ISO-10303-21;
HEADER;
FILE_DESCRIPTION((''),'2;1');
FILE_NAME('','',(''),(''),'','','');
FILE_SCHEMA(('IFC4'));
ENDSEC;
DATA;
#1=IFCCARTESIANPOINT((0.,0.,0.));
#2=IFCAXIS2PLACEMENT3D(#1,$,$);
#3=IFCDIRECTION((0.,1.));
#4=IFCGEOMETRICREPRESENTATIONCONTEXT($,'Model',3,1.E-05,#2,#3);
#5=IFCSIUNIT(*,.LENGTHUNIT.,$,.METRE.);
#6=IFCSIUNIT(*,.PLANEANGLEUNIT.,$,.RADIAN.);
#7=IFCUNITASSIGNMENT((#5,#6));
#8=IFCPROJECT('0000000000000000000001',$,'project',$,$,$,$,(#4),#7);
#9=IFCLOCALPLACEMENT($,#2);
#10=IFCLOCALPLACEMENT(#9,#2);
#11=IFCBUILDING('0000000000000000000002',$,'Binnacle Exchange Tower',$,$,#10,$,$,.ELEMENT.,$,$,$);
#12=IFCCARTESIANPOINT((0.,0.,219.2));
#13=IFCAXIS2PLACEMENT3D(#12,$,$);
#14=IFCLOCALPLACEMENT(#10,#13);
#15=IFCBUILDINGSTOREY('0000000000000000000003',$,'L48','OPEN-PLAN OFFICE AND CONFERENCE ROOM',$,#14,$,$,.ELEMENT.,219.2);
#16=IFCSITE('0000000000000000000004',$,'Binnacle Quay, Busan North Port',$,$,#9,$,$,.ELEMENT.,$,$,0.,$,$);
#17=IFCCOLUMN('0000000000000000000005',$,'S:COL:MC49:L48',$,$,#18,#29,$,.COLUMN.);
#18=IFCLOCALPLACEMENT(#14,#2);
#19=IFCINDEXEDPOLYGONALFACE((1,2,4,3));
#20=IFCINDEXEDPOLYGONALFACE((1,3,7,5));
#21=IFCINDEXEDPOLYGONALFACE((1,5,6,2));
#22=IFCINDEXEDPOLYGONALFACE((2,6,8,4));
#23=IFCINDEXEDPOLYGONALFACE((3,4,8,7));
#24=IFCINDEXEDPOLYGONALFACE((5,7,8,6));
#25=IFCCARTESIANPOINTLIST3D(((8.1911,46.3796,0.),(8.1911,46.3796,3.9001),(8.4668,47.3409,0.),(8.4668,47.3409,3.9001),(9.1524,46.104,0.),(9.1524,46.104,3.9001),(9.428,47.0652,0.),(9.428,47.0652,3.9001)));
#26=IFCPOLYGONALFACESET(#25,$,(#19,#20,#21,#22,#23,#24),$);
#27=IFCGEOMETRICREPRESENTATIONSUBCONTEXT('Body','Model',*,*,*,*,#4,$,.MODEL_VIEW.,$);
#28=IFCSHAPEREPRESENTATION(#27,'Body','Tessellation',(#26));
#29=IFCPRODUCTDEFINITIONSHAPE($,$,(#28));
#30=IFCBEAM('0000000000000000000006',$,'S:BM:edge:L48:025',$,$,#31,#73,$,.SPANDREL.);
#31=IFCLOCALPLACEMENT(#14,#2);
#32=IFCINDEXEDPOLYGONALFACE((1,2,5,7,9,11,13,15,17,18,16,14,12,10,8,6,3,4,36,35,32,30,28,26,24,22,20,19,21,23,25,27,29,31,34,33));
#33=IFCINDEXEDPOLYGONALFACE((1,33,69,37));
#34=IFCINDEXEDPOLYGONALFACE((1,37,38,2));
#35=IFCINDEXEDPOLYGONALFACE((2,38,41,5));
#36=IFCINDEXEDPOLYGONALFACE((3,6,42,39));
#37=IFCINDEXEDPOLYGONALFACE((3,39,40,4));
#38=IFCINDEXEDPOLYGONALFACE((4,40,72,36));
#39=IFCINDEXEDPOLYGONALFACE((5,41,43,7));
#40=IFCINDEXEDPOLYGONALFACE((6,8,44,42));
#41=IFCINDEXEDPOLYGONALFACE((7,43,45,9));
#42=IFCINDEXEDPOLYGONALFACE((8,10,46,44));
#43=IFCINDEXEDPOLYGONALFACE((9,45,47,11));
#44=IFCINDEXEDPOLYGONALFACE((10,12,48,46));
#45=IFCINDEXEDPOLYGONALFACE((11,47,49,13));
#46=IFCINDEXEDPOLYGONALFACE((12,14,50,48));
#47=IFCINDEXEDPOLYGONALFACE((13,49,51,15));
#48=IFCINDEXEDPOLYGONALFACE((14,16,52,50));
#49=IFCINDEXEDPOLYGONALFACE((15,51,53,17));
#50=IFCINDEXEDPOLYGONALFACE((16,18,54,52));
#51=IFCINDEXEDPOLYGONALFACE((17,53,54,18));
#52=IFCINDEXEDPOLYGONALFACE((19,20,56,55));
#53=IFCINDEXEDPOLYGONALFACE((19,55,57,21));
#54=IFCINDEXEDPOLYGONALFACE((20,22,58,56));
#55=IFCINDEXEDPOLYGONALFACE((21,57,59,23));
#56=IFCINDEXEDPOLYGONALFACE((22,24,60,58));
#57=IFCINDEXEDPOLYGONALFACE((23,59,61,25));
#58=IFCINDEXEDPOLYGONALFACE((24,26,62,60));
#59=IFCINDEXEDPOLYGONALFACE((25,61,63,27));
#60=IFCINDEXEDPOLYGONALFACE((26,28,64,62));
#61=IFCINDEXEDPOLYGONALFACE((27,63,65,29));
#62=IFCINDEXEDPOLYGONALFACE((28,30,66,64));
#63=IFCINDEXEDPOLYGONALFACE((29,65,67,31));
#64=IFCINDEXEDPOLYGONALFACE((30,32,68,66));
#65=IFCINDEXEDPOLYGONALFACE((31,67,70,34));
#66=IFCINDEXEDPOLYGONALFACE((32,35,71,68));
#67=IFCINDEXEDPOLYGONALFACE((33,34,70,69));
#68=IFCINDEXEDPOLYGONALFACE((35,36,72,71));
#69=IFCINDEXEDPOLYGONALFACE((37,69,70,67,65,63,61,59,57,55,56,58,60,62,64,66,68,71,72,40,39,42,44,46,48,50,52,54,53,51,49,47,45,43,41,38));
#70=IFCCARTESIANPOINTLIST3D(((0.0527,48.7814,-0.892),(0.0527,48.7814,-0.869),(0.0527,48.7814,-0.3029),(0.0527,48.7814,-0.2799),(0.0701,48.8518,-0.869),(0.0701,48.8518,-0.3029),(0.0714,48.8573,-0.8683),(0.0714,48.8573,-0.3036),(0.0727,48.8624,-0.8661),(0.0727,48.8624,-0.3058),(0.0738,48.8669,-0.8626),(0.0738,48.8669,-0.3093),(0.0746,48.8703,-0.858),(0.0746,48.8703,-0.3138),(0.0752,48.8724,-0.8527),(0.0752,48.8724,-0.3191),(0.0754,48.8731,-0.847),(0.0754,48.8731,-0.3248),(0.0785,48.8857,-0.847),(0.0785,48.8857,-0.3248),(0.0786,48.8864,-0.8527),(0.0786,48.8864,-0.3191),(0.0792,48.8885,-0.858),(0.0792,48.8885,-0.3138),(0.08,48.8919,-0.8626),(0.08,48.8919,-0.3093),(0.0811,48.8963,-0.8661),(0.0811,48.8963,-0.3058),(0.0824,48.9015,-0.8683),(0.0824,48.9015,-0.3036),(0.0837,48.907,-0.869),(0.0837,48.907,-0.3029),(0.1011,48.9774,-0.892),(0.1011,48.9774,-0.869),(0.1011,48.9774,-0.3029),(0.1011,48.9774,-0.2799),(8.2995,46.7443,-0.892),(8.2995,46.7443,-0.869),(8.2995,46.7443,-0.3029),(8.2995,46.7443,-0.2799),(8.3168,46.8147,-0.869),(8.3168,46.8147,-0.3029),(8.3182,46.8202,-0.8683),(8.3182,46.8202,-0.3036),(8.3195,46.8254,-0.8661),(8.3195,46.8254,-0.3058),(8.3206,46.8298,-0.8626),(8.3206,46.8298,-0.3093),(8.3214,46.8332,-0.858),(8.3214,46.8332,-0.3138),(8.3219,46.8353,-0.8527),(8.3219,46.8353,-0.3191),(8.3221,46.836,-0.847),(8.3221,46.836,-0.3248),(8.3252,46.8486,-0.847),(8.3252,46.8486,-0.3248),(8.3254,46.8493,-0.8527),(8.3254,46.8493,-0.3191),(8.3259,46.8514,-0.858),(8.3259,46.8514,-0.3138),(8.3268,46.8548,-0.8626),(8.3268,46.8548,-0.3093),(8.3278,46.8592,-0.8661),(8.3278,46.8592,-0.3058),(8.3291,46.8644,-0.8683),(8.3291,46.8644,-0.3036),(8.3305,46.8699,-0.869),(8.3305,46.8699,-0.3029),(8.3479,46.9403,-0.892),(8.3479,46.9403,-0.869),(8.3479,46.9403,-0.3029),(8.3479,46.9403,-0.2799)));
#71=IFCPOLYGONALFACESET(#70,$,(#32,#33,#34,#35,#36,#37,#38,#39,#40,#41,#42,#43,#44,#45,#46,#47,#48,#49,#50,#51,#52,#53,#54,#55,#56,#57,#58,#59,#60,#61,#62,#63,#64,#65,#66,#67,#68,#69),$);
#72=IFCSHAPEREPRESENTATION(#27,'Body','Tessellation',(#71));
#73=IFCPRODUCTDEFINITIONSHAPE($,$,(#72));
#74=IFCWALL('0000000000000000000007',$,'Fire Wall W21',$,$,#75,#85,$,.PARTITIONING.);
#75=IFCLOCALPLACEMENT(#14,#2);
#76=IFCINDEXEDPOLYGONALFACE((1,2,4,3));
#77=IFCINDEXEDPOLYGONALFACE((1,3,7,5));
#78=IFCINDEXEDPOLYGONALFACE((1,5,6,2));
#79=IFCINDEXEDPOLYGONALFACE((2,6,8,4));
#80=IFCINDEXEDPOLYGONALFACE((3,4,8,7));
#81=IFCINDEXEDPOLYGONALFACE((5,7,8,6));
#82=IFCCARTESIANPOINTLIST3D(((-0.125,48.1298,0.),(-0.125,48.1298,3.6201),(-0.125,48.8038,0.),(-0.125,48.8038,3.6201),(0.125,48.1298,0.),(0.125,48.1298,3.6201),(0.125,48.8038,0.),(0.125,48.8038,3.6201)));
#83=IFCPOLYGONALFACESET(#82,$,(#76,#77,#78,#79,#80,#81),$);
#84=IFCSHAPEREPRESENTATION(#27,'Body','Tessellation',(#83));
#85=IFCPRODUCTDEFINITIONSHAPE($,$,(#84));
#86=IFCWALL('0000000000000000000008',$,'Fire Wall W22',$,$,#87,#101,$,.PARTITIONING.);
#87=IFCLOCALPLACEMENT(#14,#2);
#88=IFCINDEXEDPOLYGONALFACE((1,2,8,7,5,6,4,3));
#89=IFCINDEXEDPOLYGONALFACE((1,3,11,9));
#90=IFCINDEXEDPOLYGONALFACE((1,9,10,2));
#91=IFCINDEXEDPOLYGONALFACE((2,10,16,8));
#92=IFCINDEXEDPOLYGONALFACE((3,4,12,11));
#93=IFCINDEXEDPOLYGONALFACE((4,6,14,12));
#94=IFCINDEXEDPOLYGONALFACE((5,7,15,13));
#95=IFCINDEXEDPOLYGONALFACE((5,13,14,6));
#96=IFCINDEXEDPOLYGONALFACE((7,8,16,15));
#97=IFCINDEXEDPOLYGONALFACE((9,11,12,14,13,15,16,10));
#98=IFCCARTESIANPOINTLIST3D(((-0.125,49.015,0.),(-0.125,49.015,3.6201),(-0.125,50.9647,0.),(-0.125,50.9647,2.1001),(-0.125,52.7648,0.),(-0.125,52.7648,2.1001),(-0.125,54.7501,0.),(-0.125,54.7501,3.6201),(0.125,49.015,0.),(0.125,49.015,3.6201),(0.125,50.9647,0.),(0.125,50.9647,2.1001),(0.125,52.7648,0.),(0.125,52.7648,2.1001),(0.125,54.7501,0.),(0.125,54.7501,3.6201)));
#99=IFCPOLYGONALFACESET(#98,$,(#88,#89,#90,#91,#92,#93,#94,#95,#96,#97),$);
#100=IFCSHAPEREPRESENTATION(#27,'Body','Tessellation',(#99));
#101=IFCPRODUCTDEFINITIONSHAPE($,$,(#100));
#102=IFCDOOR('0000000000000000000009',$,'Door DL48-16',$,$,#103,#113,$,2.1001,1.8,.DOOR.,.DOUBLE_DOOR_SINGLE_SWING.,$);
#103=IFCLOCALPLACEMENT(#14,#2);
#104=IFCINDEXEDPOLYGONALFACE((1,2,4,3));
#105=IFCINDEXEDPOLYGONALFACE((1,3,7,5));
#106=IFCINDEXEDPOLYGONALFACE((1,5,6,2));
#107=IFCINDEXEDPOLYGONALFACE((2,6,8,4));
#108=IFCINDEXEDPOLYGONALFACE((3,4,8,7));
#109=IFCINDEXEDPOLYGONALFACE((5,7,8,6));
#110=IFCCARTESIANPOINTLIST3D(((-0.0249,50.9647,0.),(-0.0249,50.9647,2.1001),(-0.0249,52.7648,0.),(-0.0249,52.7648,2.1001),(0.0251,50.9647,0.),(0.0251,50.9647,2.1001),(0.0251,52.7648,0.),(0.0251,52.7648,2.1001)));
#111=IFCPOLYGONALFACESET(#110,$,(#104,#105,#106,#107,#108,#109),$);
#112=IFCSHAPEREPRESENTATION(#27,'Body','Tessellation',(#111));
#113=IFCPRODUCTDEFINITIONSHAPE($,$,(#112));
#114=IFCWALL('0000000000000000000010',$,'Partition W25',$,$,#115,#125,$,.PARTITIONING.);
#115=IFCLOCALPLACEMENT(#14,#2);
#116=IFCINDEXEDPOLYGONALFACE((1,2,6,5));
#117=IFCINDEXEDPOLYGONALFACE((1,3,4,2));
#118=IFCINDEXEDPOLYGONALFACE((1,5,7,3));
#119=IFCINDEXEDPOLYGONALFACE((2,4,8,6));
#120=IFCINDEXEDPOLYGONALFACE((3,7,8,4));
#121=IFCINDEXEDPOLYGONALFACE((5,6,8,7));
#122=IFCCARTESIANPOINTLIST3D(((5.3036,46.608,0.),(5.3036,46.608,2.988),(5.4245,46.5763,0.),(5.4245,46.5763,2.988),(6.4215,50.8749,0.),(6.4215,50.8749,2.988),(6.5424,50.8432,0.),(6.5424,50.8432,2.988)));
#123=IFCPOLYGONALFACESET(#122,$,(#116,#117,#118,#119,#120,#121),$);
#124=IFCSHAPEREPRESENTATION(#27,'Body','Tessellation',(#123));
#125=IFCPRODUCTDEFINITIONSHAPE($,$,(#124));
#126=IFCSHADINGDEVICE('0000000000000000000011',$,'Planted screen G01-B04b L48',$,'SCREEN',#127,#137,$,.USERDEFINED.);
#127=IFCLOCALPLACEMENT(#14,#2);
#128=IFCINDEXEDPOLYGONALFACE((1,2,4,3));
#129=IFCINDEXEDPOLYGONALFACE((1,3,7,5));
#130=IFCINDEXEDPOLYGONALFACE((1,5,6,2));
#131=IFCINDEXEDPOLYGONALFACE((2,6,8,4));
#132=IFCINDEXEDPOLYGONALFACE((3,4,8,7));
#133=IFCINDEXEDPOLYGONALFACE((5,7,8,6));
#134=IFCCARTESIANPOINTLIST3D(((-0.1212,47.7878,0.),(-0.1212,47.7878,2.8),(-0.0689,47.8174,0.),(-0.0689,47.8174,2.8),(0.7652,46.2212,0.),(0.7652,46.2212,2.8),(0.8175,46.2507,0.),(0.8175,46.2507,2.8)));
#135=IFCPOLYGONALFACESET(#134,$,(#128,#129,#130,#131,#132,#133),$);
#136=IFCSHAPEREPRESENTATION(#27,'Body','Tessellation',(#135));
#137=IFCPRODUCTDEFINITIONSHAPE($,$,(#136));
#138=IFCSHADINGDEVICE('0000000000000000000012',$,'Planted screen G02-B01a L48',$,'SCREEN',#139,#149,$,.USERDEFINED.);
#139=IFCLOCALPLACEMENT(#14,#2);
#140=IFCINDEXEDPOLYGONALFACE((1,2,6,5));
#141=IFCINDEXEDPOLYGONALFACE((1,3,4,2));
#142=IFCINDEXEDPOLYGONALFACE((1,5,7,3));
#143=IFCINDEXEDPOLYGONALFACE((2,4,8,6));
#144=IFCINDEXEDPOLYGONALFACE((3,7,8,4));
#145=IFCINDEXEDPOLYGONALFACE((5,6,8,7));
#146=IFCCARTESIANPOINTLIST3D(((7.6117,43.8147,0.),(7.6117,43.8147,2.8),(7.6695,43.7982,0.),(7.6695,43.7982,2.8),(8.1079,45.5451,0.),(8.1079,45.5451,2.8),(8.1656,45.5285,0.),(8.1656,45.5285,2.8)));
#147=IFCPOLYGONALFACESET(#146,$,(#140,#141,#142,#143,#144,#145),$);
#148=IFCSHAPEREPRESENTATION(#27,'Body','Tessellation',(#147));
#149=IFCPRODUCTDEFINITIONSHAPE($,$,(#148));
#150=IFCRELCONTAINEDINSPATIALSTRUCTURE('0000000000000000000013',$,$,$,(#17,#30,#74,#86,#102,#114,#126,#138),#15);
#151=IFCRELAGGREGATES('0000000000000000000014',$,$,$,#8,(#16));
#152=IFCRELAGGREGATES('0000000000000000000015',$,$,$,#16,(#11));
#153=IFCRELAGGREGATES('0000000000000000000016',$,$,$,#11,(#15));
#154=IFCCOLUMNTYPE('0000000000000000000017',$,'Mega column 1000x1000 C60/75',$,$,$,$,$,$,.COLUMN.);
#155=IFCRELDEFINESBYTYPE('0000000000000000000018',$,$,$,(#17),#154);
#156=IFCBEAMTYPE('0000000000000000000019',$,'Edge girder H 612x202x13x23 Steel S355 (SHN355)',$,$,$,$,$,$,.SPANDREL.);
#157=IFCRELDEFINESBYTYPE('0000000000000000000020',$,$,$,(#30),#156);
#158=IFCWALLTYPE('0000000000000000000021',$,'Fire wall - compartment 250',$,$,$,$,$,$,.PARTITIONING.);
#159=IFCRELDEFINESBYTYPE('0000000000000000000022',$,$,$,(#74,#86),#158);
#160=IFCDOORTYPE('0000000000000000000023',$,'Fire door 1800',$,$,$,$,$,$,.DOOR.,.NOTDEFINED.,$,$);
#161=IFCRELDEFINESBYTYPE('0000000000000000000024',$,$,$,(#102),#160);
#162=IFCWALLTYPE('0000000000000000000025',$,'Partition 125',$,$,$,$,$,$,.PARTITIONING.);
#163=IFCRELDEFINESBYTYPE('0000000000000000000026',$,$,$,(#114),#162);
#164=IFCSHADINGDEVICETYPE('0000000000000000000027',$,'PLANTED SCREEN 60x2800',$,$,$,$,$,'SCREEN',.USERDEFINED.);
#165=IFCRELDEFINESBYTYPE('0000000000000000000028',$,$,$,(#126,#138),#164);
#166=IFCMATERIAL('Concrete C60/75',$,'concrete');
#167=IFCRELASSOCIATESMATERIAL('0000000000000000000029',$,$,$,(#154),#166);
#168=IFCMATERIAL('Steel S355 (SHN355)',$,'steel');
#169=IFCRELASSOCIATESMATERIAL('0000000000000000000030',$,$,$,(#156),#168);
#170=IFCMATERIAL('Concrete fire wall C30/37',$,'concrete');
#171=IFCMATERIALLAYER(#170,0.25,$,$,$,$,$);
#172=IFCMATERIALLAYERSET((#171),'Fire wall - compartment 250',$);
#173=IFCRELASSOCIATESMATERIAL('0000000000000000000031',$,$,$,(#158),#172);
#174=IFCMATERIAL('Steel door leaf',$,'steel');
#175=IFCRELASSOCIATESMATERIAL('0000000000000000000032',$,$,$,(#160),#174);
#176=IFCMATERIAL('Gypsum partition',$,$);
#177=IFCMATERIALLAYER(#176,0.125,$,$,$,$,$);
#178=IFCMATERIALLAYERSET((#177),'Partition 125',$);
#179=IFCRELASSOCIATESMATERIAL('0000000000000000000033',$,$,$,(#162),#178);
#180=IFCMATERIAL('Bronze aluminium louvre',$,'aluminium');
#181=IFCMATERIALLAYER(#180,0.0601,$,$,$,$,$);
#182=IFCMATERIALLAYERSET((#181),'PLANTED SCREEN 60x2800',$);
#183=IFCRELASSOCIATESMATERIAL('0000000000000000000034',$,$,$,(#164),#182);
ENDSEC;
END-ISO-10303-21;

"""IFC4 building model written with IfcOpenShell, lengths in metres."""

from ifc_helpers import new_model, si_unit, direction, frame, frame_2d, origin, origin_2d, place, context, subcontext, project, spatial, rectangle, i_section, extrude, material, layer, layer_set, material_profile, profile_set, type_object, element, fill, save


model = new_model("IFC4")

# Units and contexts
model_context = context("Model", 3, precision=1e-05, world=origin(), true_north=direction((0.0, 1.0)))
body_context = subcontext(model_context, "Body", "Model", "MODEL_VIEW")
ifc_project = project(units=[si_unit("LENGTHUNIT", "METRE"), si_unit("PLANEANGLEUNIT", "RADIAN")], contexts=[model_context])

# Site, building, storey
site_placement = place(None, origin())
site = spatial("IfcSite", under=ifc_project, at=site_placement, Name="Binnacle Quay, Busan North Port", CompositionType="ELEMENT", RefElevation=0.0)
building_placement = place(site_placement, origin())
building = spatial("IfcBuilding", under=site, at=building_placement, Name="Binnacle Exchange Tower", CompositionType="ELEMENT")
storey_placement = place(building_placement, frame((0.0, 0.0, 219.2)))
storey = spatial("IfcBuildingStorey", under=building, at=storey_placement, Name="L48", Description="OPEN-PLAN OFFICE AND CONFERENCE ROOM", CompositionType="ELEMENT", Elevation=219.2)

# Column
ifc_material_1 = material(Name="Concrete C60/75", Category="concrete")
ifc_material_profile_1 = material_profile(ifc_material_1, rectangle(XDim=1.0, YDim=1.0, at=origin_2d()), Name="Mega column 1000x1000 C60/75")
ifc_profile_set_1 = profile_set([ifc_material_profile_1], Name="Concrete C60/75")
column_type = type_object("IfcColumnType", Name="Mega column 1000x1000 C60/75", PredefinedType="COLUMN", material=ifc_profile_set_1)
column_placement = place(storey_placement, frame((8.8096, 46.7224, 0.0), z_axis=(0.0, 0.0, 1.0), x_axis=(0.961262, -0.275637, 0.0)))
element("IfcColumn", 1, at=column_placement, inside=storey, type_object=column_type, Name="S:COL:MC49:L48", PredefinedType="COLUMN", context=body_context, shape_type="SweptSolid", body=[
    extrude(rectangle(XDim=1.0, YDim=1.0, at=origin_2d()), origin(), (0.0, 0.0, 1.0), 3.9001),
])

# Beam
ifc_material_2 = material(Name="Steel S355 (SHN355)", Category="steel")
ifc_material_profile_2 = material_profile(ifc_material_2, i_section(OverallWidth=0.2019, OverallDepth=0.6121, WebThickness=0.0129, FlangeThickness=0.0229, FilletRadius=0.022, at=origin_2d()), Name="H 612x202x13x23")
ifc_profile_set_2 = profile_set([ifc_material_profile_2], Name="Steel S355 (SHN355)")
beam_type = type_object("IfcBeamType", Name="Edge girder H 612x202x13x23 Steel S355 (SHN355)", PredefinedType="SPANDREL", material=ifc_profile_set_2)
beam_placement = place(storey_placement, frame((0.0769, 48.8794, -0.5859), z_axis=(0.97082, -0.239809, 0.0), x_axis=(0.239809, 0.97082, 0.0)))
element("IfcBeam", 2, at=beam_placement, inside=storey, type_object=beam_type, Name="S:BM:edge:L48:025", PredefinedType="SPANDREL", context=body_context, shape_type="SweptSolid", body=[
    extrude(i_section(OverallWidth=0.2019, OverallDepth=0.6121, WebThickness=0.0129, FlangeThickness=0.0229, FilletRadius=0.022, at=origin_2d()), origin(), (0.0, 0.0, 1.0), 8.4946),
])

# Wall
ifc_material_3 = material(Name="Concrete fire wall C30/37", Category="concrete")
ifc_layer_1 = layer(ifc_material_3, 0.25)
ifc_layer_set_1 = layer_set([ifc_layer_1], Name="Fire wall - compartment 250")
wall_type_1 = type_object("IfcWallType", Name="Fire wall - compartment 250", PredefinedType="PARTITIONING", material=ifc_layer_set_1)
wall_1_placement = place(storey_placement, frame((0.0, 48.1299, 0.0), z_axis=(0.0, 0.0, 1.0), x_axis=(0.0, 1.0, 0.0)))
element("IfcWall", 3, at=wall_1_placement, inside=storey, type_object=wall_type_1, Name="Fire Wall W21", PredefinedType="PARTITIONING", context=body_context, shape_type="SweptSolid", body=[
    extrude(rectangle(XDim=0.6741, YDim=0.25, at=frame_2d((0.3369, 0.0))), origin(), (0.0, 0.0, 1.0), 3.6201),
])

# Wall, opening, door
wall_2_placement = place(storey_placement, frame((0.0, 49.0149, 0.0), z_axis=(0.0, 0.0, 1.0), x_axis=(0.0, 1.0, 0.0)))
wall_2 = element("IfcWall", 4, at=wall_2_placement, inside=storey, type_object=wall_type_1, Name="Fire Wall W22", PredefinedType="PARTITIONING", context=body_context, shape_type="SweptSolid", body=[
    extrude(rectangle(XDim=5.7351, YDim=0.25, at=frame_2d((2.8677, 0.0))), origin(), (0.0, 0.0, 1.0), 3.6201),
])
opening_placement = place(wall_2_placement, frame((1.95, 0.0, 0.0)))
opening = element("IfcOpeningElement", 5, at=opening_placement, cuts=wall_2, PredefinedType="OPENING", context=body_context, shape_type="SweptSolid", body=[
    extrude(rectangle(XDim=1.8, YDim=2.1001, at=frame_2d((0.8999, 1.05))), frame((0.0, 0.135, 0.0), z_axis=(0.0, -1.0, 0.0), x_axis=(1.0, 0.0, 0.0)), (0.0, 0.0, 1.0), 0.27),
])
ifc_material_4 = material(Name="Steel door leaf", Category="steel")
door_type = type_object("IfcDoorType", Name="Fire door 1800", OperationType="NOTDEFINED", PredefinedType="DOOR", material=ifc_material_4)
door_placement = place(opening_placement, origin())
door = element("IfcDoor", 6, at=door_placement, inside=storey, type_object=door_type, Name="Door DL48-16", OperationType="DOUBLE_DOOR_SINGLE_SWING", OverallHeight=2.1001, OverallWidth=1.8, PredefinedType="DOOR", context=body_context, shape_type="SweptSolid", body=[
    extrude(rectangle(XDim=1.8, YDim=2.1001, at=frame_2d((0.8999, 1.05))), frame((0.0, 0.0249, 0.0), z_axis=(0.0, -1.0, 0.0), x_axis=(1.0, 0.0, 0.0)), (0.0, 0.0, 1.0), 0.05),
])
fill(opening, door)

# Wall
ifc_material_5 = material(Name="Gypsum partition")
ifc_layer_2 = layer(ifc_material_5, 0.125)
ifc_layer_set_2 = layer_set([ifc_layer_2], Name="Partition 125")
wall_type_2 = type_object("IfcWallType", Name="Partition 125", PredefinedType="PARTITIONING", material=ifc_layer_set_2)
wall_3_placement = place(storey_placement, frame((5.364, 46.592, 0.0), z_axis=(0.0, 0.0, 1.0), x_axis=(0.253447, 0.967349, 0.0)))
element("IfcWall", 7, at=wall_3_placement, inside=storey, type_object=wall_type_2, Name="Partition W25", PredefinedType="PARTITIONING", context=body_context, shape_type="SweptSolid", body=[
    extrude(rectangle(XDim=4.4109, YDim=0.125, at=frame_2d((2.2056, 0.0))), origin(), (0.0, 0.0, 1.0), 2.988),
])

# Shading devices
ifc_material_6 = material(Name="Bronze aluminium louvre", Category="aluminium")
ifc_layer_3 = layer(ifc_material_6, 0.0601)
ifc_layer_set_3 = layer_set([ifc_layer_3], Name="PLANTED SCREEN 60x2800")
shading_device_type = type_object("IfcShadingDeviceType", Name="PLANTED SCREEN 60x2800", ElementType="SCREEN", PredefinedType="USERDEFINED", material=ifc_layer_set_3)
for number, where, z_axis, x_axis, name in (
    (8, (0.3481, 47.0193, 0.0), (0.0, 0.0, 1.0), (0.870356, 0.492424, 0.0), "Planted screen G01-B04b L48"),
    (9, (7.8887, 44.6716, 0.0), (0.0, 0.0, 1.0), (0.961262, -0.275637, 0.0), "Planted screen G02-B01a L48"),
):
    element("IfcShadingDevice", number, at=place(storey_placement, frame(where, z_axis=z_axis, x_axis=x_axis)), inside=storey, type_object=shading_device_type, Name=name, ObjectType="SCREEN", PredefinedType="USERDEFINED", context=body_context, shape_type="SweptSolid", body=[
        extrude(rectangle(XDim=0.0601, YDim=1.8, at=origin_2d()), origin(), (0.0, 0.0, 1.0), 2.8),
    ])

save(model, "model.ifc")
